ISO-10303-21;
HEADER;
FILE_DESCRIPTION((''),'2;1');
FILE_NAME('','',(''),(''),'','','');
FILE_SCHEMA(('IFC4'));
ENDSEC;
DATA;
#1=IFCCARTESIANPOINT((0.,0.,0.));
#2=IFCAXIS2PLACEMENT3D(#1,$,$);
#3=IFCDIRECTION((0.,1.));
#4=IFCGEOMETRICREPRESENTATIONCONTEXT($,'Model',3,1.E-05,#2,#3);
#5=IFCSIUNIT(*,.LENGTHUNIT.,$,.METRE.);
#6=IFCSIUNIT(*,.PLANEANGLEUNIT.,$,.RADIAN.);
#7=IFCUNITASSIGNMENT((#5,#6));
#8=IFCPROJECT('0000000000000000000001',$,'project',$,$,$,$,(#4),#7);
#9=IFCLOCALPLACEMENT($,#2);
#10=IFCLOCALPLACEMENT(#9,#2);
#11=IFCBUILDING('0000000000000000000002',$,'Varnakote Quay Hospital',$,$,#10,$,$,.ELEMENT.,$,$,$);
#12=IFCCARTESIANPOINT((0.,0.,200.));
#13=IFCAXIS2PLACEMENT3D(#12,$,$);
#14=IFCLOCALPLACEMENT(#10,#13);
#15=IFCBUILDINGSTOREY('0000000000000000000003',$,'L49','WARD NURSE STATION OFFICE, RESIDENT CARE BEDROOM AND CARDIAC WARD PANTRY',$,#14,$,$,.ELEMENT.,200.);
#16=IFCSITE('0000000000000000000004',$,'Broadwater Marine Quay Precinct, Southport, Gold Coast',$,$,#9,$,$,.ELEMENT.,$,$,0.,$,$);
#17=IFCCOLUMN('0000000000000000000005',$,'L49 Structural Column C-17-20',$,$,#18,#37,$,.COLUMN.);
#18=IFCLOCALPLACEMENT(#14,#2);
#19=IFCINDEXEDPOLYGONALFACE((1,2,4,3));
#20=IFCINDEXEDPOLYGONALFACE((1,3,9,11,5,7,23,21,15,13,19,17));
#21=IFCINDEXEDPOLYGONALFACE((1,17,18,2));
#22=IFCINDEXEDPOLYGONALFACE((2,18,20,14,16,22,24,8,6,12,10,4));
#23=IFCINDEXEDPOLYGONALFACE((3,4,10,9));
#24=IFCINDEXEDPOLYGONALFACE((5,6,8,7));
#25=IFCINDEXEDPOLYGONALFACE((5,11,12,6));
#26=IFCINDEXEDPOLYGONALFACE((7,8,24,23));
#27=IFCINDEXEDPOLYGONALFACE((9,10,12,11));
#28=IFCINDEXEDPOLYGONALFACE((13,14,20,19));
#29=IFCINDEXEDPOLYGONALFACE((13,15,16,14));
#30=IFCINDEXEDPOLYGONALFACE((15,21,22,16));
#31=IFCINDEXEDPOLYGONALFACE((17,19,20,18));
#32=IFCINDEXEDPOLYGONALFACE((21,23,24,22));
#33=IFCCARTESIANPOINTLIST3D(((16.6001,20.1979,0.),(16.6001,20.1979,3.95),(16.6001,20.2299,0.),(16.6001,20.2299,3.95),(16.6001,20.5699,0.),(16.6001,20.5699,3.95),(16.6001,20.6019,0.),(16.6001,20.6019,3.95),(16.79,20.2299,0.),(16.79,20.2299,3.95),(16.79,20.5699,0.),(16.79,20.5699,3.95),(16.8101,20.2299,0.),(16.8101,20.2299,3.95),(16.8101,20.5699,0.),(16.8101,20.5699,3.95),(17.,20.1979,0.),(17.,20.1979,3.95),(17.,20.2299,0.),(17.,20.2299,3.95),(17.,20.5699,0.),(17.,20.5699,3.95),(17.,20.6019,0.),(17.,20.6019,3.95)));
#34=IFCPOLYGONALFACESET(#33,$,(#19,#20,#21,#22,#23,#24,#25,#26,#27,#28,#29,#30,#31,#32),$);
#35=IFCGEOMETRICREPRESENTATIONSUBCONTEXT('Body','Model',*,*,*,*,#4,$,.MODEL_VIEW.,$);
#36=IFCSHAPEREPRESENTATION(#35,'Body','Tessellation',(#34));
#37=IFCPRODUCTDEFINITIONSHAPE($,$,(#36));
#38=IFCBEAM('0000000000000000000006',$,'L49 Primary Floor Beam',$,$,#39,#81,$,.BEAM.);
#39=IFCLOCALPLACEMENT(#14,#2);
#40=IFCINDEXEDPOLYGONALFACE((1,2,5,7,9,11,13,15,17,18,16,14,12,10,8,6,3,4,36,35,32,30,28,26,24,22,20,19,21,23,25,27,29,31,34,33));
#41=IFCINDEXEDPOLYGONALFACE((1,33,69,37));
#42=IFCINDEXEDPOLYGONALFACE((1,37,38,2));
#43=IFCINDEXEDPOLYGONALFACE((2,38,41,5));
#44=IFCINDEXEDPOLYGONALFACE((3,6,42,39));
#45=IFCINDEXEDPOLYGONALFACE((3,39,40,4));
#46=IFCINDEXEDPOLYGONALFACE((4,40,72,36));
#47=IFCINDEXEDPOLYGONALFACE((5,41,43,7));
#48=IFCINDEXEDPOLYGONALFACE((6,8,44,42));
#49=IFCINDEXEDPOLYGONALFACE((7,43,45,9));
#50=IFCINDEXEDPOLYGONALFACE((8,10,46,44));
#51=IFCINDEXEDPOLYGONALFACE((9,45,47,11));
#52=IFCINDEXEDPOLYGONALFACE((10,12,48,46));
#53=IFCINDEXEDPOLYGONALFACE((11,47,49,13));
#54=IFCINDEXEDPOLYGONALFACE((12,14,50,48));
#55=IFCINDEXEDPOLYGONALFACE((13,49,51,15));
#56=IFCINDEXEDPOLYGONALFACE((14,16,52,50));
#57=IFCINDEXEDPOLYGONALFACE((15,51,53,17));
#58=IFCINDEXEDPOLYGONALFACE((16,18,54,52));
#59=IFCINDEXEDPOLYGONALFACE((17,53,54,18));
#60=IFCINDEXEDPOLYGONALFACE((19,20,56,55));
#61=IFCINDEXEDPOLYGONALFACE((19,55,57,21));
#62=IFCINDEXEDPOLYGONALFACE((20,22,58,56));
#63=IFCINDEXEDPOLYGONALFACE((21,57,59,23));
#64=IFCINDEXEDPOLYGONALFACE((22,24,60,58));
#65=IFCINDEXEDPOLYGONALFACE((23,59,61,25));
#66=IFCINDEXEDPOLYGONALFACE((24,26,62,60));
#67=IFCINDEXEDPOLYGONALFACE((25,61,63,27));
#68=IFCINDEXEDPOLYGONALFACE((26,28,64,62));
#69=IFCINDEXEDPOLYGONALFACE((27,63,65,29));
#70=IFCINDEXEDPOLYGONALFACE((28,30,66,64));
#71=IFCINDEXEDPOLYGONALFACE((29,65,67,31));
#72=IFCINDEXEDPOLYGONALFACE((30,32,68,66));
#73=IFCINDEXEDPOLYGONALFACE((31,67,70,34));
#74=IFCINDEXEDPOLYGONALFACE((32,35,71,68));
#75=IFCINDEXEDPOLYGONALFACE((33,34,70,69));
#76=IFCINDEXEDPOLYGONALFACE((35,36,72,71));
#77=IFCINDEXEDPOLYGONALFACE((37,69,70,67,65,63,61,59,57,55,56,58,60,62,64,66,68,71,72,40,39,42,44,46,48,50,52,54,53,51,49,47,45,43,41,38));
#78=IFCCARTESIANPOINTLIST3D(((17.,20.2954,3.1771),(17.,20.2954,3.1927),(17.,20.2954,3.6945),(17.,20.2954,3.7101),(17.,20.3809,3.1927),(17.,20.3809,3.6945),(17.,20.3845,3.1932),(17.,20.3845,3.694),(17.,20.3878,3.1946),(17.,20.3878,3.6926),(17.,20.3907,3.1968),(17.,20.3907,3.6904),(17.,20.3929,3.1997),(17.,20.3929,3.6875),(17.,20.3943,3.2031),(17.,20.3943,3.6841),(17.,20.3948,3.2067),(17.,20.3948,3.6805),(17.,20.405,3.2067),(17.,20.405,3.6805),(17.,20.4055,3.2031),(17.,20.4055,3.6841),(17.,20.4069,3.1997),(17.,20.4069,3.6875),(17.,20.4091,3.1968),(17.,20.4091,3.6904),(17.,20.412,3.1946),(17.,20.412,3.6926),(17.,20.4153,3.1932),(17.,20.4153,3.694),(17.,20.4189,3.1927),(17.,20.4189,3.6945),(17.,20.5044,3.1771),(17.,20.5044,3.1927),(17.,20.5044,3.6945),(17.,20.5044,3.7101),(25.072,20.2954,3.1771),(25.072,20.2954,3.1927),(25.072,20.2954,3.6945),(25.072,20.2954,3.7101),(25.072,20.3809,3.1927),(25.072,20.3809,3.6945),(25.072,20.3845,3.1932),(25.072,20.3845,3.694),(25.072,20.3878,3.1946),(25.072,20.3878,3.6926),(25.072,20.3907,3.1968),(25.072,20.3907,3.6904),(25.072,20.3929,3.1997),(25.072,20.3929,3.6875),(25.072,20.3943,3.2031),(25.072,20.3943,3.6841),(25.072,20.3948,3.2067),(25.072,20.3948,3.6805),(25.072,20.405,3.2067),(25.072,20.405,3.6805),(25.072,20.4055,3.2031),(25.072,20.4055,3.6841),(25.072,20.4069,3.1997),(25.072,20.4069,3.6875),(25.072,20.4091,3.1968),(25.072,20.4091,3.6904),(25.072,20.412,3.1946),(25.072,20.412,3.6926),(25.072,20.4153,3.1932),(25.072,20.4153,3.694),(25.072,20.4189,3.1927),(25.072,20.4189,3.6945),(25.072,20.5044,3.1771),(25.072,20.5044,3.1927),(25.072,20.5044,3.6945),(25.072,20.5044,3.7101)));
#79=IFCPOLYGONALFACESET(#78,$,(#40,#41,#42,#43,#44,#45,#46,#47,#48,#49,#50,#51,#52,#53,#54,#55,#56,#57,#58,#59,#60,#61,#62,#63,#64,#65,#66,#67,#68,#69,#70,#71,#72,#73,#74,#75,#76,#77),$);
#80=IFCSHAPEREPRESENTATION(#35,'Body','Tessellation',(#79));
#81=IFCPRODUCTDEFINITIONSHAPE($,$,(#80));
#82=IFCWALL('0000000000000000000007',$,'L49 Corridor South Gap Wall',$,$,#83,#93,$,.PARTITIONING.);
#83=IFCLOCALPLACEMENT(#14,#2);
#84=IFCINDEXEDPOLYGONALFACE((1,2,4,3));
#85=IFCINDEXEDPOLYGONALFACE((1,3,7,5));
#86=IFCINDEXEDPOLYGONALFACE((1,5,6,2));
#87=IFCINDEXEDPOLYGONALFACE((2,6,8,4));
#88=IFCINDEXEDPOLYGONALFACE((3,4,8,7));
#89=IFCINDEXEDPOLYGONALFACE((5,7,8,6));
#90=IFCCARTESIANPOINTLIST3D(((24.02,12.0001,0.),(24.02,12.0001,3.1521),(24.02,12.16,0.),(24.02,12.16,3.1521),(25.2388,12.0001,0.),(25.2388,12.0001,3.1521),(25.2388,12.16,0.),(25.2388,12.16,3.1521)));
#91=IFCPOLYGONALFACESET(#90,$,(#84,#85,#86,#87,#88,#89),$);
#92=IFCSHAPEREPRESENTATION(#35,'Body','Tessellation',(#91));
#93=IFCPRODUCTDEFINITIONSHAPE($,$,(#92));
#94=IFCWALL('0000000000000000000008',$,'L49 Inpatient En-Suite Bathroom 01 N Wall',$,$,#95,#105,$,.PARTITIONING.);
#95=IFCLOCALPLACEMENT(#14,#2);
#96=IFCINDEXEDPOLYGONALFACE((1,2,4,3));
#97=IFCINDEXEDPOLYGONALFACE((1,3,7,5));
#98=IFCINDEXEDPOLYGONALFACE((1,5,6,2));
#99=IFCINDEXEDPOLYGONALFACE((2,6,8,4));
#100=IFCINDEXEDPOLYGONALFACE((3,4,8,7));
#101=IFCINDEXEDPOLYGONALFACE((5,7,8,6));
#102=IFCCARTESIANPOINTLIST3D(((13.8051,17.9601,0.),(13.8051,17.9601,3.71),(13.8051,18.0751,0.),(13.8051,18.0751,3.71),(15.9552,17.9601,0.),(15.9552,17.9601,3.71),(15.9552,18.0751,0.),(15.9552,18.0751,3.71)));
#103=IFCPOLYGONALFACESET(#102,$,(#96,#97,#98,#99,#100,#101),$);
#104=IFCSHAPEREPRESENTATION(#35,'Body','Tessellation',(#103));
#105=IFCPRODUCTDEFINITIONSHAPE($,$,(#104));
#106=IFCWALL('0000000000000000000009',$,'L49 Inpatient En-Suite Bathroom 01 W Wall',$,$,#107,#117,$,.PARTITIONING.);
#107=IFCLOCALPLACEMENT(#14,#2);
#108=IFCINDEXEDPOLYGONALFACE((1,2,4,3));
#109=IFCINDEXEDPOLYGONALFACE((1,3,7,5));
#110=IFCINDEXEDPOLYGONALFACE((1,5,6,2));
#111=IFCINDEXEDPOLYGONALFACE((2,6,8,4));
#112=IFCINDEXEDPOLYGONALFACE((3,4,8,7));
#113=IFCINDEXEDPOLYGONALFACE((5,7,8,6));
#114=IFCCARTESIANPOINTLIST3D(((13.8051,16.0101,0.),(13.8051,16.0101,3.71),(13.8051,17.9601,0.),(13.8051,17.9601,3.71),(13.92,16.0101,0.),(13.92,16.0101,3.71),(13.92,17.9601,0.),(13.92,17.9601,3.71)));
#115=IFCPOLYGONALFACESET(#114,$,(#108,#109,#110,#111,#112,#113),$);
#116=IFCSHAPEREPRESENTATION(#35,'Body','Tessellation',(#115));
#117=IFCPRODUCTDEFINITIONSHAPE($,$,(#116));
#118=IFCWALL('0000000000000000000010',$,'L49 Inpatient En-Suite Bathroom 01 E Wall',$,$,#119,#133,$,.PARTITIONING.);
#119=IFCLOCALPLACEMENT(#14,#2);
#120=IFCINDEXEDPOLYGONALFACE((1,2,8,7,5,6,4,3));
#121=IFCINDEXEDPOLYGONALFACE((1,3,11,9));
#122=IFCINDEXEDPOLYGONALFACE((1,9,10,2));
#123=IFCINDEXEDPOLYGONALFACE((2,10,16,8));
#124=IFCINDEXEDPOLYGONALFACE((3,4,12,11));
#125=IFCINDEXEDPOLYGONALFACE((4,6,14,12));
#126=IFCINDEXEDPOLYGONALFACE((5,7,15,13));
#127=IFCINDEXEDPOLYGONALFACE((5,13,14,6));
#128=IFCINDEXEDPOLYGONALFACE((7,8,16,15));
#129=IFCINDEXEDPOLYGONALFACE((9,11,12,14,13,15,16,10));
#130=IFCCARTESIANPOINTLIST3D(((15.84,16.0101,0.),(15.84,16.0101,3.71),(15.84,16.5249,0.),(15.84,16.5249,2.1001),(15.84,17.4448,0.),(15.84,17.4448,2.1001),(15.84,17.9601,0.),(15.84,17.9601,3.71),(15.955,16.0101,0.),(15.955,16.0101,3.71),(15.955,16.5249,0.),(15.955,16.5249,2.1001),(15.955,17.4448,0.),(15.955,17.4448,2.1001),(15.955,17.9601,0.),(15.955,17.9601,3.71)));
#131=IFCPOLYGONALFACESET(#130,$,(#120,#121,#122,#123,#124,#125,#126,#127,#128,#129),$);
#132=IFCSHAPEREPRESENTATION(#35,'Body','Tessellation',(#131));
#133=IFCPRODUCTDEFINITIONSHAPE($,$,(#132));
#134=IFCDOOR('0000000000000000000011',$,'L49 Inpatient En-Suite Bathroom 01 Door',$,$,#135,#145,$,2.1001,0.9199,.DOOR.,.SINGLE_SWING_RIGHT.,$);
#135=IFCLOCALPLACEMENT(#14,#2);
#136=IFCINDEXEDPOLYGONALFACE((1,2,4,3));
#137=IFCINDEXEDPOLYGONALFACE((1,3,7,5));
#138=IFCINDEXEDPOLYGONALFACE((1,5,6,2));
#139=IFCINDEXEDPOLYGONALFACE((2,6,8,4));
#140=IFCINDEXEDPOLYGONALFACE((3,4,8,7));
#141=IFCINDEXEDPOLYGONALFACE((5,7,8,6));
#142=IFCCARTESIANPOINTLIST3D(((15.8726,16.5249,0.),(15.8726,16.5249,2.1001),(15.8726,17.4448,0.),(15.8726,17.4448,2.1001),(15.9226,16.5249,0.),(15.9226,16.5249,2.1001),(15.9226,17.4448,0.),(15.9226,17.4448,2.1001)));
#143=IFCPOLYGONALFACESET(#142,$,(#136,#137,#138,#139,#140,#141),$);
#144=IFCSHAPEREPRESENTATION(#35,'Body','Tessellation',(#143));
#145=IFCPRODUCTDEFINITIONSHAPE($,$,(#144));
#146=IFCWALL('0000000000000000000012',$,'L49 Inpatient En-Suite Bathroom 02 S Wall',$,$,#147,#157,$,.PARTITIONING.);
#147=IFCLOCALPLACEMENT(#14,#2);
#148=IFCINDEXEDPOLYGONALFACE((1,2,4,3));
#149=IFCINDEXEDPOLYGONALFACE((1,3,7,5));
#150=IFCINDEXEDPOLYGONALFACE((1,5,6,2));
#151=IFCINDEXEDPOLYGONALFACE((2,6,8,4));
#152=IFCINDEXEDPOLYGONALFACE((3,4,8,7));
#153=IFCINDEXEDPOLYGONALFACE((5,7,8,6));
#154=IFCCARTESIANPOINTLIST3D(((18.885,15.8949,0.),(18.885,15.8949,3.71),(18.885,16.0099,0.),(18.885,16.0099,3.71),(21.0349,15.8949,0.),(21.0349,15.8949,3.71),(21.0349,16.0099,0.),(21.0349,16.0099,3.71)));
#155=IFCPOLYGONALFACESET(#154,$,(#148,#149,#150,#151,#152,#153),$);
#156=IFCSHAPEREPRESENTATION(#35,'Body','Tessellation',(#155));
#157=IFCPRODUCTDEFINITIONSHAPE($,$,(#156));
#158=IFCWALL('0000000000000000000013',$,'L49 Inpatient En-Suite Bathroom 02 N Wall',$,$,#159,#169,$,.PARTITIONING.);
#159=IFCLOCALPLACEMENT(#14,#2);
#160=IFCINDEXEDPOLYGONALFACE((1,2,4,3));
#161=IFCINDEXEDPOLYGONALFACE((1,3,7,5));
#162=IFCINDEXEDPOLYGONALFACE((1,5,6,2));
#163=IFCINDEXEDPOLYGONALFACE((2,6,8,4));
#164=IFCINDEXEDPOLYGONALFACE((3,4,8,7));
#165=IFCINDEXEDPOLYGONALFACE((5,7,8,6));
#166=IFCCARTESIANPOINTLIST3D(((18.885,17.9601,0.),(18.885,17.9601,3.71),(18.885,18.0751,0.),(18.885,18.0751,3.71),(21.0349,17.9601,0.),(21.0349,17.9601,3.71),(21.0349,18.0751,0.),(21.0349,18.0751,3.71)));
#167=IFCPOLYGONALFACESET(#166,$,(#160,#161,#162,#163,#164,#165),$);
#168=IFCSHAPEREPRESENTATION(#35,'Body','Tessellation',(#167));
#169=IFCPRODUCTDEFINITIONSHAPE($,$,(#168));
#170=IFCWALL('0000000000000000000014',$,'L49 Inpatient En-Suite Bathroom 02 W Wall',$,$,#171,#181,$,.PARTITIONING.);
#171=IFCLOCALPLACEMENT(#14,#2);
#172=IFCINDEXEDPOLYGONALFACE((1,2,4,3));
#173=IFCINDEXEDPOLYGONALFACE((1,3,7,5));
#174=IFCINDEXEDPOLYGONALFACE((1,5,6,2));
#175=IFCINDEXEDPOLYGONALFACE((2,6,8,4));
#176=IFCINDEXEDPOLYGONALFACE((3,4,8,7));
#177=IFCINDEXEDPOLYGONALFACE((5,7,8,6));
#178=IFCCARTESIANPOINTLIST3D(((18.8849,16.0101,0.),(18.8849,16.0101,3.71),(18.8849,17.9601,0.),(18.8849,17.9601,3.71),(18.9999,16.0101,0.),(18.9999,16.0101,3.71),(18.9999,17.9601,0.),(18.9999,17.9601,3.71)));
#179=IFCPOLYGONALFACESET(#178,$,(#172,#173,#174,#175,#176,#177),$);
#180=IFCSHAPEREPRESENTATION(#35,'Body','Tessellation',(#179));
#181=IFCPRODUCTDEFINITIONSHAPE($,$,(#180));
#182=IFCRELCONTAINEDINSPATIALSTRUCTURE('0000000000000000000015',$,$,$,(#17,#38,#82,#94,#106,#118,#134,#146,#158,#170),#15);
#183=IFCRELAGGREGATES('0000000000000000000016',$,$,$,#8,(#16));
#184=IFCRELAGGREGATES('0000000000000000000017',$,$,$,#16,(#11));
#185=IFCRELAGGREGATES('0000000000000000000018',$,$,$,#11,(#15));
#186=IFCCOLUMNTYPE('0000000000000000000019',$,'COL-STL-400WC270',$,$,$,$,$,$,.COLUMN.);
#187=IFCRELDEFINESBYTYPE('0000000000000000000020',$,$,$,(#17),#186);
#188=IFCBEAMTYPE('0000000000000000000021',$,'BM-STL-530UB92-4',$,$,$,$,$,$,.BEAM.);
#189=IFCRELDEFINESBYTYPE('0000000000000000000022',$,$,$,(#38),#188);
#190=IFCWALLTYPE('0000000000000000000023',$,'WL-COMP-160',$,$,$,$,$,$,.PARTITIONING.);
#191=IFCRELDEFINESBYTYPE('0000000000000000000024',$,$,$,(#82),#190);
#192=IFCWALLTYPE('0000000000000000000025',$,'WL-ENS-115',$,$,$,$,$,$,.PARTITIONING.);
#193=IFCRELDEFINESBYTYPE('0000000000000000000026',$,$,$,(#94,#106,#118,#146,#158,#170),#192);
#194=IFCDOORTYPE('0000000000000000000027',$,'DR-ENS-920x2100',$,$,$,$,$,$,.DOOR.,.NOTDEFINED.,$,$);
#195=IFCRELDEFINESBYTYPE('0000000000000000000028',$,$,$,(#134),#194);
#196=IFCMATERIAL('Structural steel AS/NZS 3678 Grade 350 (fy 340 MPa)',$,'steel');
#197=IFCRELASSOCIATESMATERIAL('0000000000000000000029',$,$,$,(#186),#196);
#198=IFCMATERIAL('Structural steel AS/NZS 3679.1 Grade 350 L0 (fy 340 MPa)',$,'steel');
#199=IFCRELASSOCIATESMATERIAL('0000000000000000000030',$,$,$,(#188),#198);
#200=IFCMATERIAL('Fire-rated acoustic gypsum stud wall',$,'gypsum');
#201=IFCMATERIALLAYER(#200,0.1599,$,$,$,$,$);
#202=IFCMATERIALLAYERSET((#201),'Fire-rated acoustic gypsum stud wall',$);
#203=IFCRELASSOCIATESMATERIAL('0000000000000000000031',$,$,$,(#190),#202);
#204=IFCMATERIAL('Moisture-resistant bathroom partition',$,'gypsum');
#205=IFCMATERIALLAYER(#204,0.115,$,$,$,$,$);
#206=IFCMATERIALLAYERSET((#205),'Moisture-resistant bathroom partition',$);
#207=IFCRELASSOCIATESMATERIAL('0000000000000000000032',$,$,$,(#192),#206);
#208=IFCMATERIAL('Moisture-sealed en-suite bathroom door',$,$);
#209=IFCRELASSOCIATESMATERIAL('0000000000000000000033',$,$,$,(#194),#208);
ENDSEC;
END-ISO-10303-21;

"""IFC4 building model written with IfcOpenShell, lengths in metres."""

from ifc_helpers import new_model, si_unit, direction, frame, frame_2d, origin, origin_2d, place, context, subcontext, project, spatial, rectangle, i_section, extrude, material, layer, layer_set, material_profile, profile_set, type_object, element, fill, save


model = new_model("IFC4")

# Units and contexts
model_context = context("Model", 3, precision=1e-05, world=origin(), true_north=direction((0.0, 1.0)))
body_context = subcontext(model_context, "Body", "Model", "MODEL_VIEW")
ifc_project = project(units=[si_unit("LENGTHUNIT", "METRE"), si_unit("PLANEANGLEUNIT", "RADIAN")], contexts=[model_context])

# Site, building, storey
site_placement = place(None, origin())
site = spatial("IfcSite", under=ifc_project, at=site_placement, Name="Broadwater Marine Quay Precinct, Southport, Gold Coast", CompositionType="ELEMENT", RefElevation=0.0)
building_placement = place(site_placement, origin())
building = spatial("IfcBuilding", under=site, at=building_placement, Name="Varnakote Quay Hospital", CompositionType="ELEMENT")
storey_placement = place(building_placement, frame((0.0, 0.0, 200.0)))
storey = spatial("IfcBuildingStorey", under=building, at=storey_placement, Name="L49", Description="WARD NURSE STATION OFFICE, RESIDENT CARE BEDROOM AND CARDIAC WARD PANTRY", CompositionType="ELEMENT", Elevation=200.0)

# Column
ifc_material_1 = material(Name="Structural steel AS/NZS 3678 Grade 350 (fy 340 MPa)", Category="steel")
ifc_material_profile_1 = material_profile(ifc_material_1, i_section(OverallWidth=0.3999, OverallDepth=0.4041, WebThickness=0.02, FlangeThickness=0.032, at=origin_2d()), Name="400WC270")
ifc_profile_set_1 = profile_set([ifc_material_profile_1], Name="Structural steel AS/NZS 3678 Grade 350 (fy 340 MPa)")
column_type = type_object("IfcColumnType", Name="COL-STL-400WC270", PredefinedType="COLUMN", material=ifc_profile_set_1)
column_placement = place(storey_placement, frame((16.8, 20.3999, 0.0), z_axis=(0.0, 0.0, 1.0), x_axis=(1.0, 0.0, 0.0)))
element("IfcColumn", 1, at=column_placement, inside=storey, type_object=column_type, Name="L49 Structural Column C-17-20", PredefinedType="COLUMN", context=body_context, shape_type="SweptSolid", body=[
    extrude(i_section(OverallWidth=0.3999, OverallDepth=0.4041, WebThickness=0.02, FlangeThickness=0.032, at=origin_2d()), origin(), (0.0, 0.0, 1.0), 3.95),
])

# Beam
ifc_material_2 = material(Name="Structural steel AS/NZS 3679.1 Grade 350 L0 (fy 340 MPa)", Category="steel")
ifc_material_profile_2 = material_profile(ifc_material_2, i_section(OverallWidth=0.209, OverallDepth=0.533, WebThickness=0.0103, FlangeThickness=0.0156, FilletRadius=0.0139, at=origin_2d()), Name="530UB92.4")
ifc_profile_set_2 = profile_set([ifc_material_profile_2], Name="Structural steel AS/NZS 3679.1 Grade 350 L0 (fy 340 MPa)")
beam_type = type_object("IfcBeamType", Name="BM-STL-530UB92-4", PredefinedType="BEAM", material=ifc_profile_set_2)
beam_placement = place(storey_placement, frame((17.0, 20.3999, 3.4436), z_axis=(1.0, 0.0, 0.0), x_axis=(0.0, 1.0, 0.0)))
element("IfcBeam", 2, at=beam_placement, inside=storey, type_object=beam_type, Name="L49 Primary Floor Beam", PredefinedType="BEAM", context=body_context, shape_type="SweptSolid", body=[
    extrude(i_section(OverallWidth=0.209, OverallDepth=0.533, WebThickness=0.0103, FlangeThickness=0.0156, FilletRadius=0.0139, at=origin_2d()), origin(), (0.0, 0.0, 1.0), 8.072),
])

# Walls
ifc_material_3 = material(Name="Fire-rated acoustic gypsum stud wall", Category="gypsum")
ifc_layer_1 = layer(ifc_material_3, 0.1599)
ifc_layer_set_1 = layer_set([ifc_layer_1], Name="Fire-rated acoustic gypsum stud wall")
wall_type_1 = type_object("IfcWallType", Name="WL-COMP-160", PredefinedType="PARTITIONING", material=ifc_layer_set_1)
wall_1_placement = place(storey_placement, frame((24.02, 12.0801, 0.0), z_axis=(0.0, 0.0, 1.0), x_axis=(1.0, 0.0, 0.0)))
element("IfcWall", 3, at=wall_1_placement, inside=storey, type_object=wall_type_1, Name="L49 Corridor South Gap Wall", PredefinedType="PARTITIONING", context=body_context, shape_type="SweptSolid", body=[
    extrude(rectangle(XDim=1.2188, YDim=0.1599, at=frame_2d((0.6094, 0.0))), origin(), (0.0, 0.0, 1.0), 3.1521),
])
ifc_material_4 = material(Name="Moisture-resistant bathroom partition", Category="gypsum")
ifc_layer_2 = layer(ifc_material_4, 0.115)
ifc_layer_set_2 = layer_set([ifc_layer_2], Name="Moisture-resistant bathroom partition")
wall_type_2 = type_object("IfcWallType", Name="WL-ENS-115", PredefinedType="PARTITIONING", material=ifc_layer_set_2)
wall_2_placement = place(storey_placement, frame((13.8049, 18.0176, 0.0), z_axis=(0.0, 0.0, 1.0), x_axis=(1.0, 0.0, 0.0)))
element("IfcWall", 4, at=wall_2_placement, inside=storey, type_object=wall_type_2, Name="L49 Inpatient En-Suite Bathroom 01 N Wall", PredefinedType="PARTITIONING", context=body_context, shape_type="SweptSolid", body=[
    extrude(rectangle(XDim=2.1501, YDim=0.115, at=frame_2d((1.0752, 0.0))), origin(), (0.0, 0.0, 1.0), 3.71),
])
wall_3_placement = place(storey_placement, frame((13.8625, 16.01, 0.0), z_axis=(0.0, 0.0, 1.0), x_axis=(0.0, 1.0, 0.0)))
element("IfcWall", 5, at=wall_3_placement, inside=storey, type_object=wall_type_2, Name="L49 Inpatient En-Suite Bathroom 01 W Wall", PredefinedType="PARTITIONING", context=body_context, shape_type="SweptSolid", body=[
    extrude(rectangle(XDim=1.95, YDim=0.115, at=frame_2d((0.9751, 0.0))), origin(), (0.0, 0.0, 1.0), 3.71),
])

# Wall, opening, door
wall_4_placement = place(storey_placement, frame((15.8975, 16.01, 0.0), z_axis=(0.0, 0.0, 1.0), x_axis=(0.0, 1.0, 0.0)))
wall_4 = element("IfcWall", 6, at=wall_4_placement, inside=storey, type_object=wall_type_2, Name="L49 Inpatient En-Suite Bathroom 01 E Wall", PredefinedType="PARTITIONING", context=body_context, shape_type="SweptSolid", body=[
    extrude(rectangle(XDim=1.95, YDim=0.115, at=frame_2d((0.9751, 0.0))), origin(), (0.0, 0.0, 1.0), 3.71),
])
opening_1_placement = place(wall_4_placement, frame((0.5149, 0.0, 0.0)))
opening_1 = element("IfcOpeningElement", 7, at=opening_1_placement, cuts=wall_4, PredefinedType="OPENING", context=body_context, shape_type="SweptSolid", body=[
    extrude(rectangle(XDim=0.9199, YDim=2.1001, at=frame_2d((0.46, 1.05))), frame((0.0, 0.0674, 0.0), z_axis=(0.0, -1.0, 0.0), x_axis=(1.0, 0.0, 0.0)), (0.0, 0.0, 1.0), 0.135),
])
ifc_material_5 = material(Name="Moisture-sealed en-suite bathroom door")
door_type_1 = type_object("IfcDoorType", Name="DR-ENS-920x2100", OperationType="NOTDEFINED", PredefinedType="DOOR", material=ifc_material_5)
door_1_placement = place(opening_1_placement, origin())
door_1 = element("IfcDoor", 8, at=door_1_placement, inside=storey, type_object=door_type_1, Name="L49 Inpatient En-Suite Bathroom 01 Door", OperationType="SINGLE_SWING_RIGHT", OverallHeight=2.1001, OverallWidth=0.9199, PredefinedType="DOOR", context=body_context, shape_type="SweptSolid", body=[
    extrude(rectangle(XDim=0.9199, YDim=2.1001, at=frame_2d((0.46, 1.05))), frame((0.0, 0.0249, 0.0), z_axis=(0.0, -1.0, 0.0), x_axis=(1.0, 0.0, 0.0)), (0.0, 0.0, 1.0), 0.05),
])
fill(opening_1, door_1)

# Walls
for number, where, z_axis, x_axis, name in (
    (9, (18.885, 15.9524, 0.0), (0.0, 0.0, 1.0), (1.0, 0.0, 0.0), "L49 Inpatient En-Suite Bathroom 02 S Wall"),
    (10, (18.885, 18.0176, 0.0), (0.0, 0.0, 1.0), (1.0, 0.0, 0.0), "L49 Inpatient En-Suite Bathroom 02 N Wall"),
):
    element("IfcWall", number, at=place(storey_placement, frame(where, z_axis=z_axis, x_axis=x_axis)), inside=storey, type_object=wall_type_2, Name=name, PredefinedType="PARTITIONING", context=body_context, shape_type="SweptSolid", body=[
        extrude(rectangle(XDim=2.1499, YDim=0.115, at=frame_2d((1.075, 0.0))), origin(), (0.0, 0.0, 1.0), 3.71),
    ])
wall_5_placement = place(storey_placement, frame((18.9424, 16.01, 0.0), z_axis=(0.0, 0.0, 1.0), x_axis=(0.0, 1.0, 0.0)))
element("IfcWall", 11, at=wall_5_placement, inside=storey, type_object=wall_type_2, Name="L49 Inpatient En-Suite Bathroom 02 W Wall", PredefinedType="PARTITIONING", context=body_context, shape_type="SweptSolid", body=[
    extrude(rectangle(XDim=1.95, YDim=0.115, at=frame_2d((0.9751, 0.0))), origin(), (0.0, 0.0, 1.0), 3.71),
])

save(model, "model.ifc")
